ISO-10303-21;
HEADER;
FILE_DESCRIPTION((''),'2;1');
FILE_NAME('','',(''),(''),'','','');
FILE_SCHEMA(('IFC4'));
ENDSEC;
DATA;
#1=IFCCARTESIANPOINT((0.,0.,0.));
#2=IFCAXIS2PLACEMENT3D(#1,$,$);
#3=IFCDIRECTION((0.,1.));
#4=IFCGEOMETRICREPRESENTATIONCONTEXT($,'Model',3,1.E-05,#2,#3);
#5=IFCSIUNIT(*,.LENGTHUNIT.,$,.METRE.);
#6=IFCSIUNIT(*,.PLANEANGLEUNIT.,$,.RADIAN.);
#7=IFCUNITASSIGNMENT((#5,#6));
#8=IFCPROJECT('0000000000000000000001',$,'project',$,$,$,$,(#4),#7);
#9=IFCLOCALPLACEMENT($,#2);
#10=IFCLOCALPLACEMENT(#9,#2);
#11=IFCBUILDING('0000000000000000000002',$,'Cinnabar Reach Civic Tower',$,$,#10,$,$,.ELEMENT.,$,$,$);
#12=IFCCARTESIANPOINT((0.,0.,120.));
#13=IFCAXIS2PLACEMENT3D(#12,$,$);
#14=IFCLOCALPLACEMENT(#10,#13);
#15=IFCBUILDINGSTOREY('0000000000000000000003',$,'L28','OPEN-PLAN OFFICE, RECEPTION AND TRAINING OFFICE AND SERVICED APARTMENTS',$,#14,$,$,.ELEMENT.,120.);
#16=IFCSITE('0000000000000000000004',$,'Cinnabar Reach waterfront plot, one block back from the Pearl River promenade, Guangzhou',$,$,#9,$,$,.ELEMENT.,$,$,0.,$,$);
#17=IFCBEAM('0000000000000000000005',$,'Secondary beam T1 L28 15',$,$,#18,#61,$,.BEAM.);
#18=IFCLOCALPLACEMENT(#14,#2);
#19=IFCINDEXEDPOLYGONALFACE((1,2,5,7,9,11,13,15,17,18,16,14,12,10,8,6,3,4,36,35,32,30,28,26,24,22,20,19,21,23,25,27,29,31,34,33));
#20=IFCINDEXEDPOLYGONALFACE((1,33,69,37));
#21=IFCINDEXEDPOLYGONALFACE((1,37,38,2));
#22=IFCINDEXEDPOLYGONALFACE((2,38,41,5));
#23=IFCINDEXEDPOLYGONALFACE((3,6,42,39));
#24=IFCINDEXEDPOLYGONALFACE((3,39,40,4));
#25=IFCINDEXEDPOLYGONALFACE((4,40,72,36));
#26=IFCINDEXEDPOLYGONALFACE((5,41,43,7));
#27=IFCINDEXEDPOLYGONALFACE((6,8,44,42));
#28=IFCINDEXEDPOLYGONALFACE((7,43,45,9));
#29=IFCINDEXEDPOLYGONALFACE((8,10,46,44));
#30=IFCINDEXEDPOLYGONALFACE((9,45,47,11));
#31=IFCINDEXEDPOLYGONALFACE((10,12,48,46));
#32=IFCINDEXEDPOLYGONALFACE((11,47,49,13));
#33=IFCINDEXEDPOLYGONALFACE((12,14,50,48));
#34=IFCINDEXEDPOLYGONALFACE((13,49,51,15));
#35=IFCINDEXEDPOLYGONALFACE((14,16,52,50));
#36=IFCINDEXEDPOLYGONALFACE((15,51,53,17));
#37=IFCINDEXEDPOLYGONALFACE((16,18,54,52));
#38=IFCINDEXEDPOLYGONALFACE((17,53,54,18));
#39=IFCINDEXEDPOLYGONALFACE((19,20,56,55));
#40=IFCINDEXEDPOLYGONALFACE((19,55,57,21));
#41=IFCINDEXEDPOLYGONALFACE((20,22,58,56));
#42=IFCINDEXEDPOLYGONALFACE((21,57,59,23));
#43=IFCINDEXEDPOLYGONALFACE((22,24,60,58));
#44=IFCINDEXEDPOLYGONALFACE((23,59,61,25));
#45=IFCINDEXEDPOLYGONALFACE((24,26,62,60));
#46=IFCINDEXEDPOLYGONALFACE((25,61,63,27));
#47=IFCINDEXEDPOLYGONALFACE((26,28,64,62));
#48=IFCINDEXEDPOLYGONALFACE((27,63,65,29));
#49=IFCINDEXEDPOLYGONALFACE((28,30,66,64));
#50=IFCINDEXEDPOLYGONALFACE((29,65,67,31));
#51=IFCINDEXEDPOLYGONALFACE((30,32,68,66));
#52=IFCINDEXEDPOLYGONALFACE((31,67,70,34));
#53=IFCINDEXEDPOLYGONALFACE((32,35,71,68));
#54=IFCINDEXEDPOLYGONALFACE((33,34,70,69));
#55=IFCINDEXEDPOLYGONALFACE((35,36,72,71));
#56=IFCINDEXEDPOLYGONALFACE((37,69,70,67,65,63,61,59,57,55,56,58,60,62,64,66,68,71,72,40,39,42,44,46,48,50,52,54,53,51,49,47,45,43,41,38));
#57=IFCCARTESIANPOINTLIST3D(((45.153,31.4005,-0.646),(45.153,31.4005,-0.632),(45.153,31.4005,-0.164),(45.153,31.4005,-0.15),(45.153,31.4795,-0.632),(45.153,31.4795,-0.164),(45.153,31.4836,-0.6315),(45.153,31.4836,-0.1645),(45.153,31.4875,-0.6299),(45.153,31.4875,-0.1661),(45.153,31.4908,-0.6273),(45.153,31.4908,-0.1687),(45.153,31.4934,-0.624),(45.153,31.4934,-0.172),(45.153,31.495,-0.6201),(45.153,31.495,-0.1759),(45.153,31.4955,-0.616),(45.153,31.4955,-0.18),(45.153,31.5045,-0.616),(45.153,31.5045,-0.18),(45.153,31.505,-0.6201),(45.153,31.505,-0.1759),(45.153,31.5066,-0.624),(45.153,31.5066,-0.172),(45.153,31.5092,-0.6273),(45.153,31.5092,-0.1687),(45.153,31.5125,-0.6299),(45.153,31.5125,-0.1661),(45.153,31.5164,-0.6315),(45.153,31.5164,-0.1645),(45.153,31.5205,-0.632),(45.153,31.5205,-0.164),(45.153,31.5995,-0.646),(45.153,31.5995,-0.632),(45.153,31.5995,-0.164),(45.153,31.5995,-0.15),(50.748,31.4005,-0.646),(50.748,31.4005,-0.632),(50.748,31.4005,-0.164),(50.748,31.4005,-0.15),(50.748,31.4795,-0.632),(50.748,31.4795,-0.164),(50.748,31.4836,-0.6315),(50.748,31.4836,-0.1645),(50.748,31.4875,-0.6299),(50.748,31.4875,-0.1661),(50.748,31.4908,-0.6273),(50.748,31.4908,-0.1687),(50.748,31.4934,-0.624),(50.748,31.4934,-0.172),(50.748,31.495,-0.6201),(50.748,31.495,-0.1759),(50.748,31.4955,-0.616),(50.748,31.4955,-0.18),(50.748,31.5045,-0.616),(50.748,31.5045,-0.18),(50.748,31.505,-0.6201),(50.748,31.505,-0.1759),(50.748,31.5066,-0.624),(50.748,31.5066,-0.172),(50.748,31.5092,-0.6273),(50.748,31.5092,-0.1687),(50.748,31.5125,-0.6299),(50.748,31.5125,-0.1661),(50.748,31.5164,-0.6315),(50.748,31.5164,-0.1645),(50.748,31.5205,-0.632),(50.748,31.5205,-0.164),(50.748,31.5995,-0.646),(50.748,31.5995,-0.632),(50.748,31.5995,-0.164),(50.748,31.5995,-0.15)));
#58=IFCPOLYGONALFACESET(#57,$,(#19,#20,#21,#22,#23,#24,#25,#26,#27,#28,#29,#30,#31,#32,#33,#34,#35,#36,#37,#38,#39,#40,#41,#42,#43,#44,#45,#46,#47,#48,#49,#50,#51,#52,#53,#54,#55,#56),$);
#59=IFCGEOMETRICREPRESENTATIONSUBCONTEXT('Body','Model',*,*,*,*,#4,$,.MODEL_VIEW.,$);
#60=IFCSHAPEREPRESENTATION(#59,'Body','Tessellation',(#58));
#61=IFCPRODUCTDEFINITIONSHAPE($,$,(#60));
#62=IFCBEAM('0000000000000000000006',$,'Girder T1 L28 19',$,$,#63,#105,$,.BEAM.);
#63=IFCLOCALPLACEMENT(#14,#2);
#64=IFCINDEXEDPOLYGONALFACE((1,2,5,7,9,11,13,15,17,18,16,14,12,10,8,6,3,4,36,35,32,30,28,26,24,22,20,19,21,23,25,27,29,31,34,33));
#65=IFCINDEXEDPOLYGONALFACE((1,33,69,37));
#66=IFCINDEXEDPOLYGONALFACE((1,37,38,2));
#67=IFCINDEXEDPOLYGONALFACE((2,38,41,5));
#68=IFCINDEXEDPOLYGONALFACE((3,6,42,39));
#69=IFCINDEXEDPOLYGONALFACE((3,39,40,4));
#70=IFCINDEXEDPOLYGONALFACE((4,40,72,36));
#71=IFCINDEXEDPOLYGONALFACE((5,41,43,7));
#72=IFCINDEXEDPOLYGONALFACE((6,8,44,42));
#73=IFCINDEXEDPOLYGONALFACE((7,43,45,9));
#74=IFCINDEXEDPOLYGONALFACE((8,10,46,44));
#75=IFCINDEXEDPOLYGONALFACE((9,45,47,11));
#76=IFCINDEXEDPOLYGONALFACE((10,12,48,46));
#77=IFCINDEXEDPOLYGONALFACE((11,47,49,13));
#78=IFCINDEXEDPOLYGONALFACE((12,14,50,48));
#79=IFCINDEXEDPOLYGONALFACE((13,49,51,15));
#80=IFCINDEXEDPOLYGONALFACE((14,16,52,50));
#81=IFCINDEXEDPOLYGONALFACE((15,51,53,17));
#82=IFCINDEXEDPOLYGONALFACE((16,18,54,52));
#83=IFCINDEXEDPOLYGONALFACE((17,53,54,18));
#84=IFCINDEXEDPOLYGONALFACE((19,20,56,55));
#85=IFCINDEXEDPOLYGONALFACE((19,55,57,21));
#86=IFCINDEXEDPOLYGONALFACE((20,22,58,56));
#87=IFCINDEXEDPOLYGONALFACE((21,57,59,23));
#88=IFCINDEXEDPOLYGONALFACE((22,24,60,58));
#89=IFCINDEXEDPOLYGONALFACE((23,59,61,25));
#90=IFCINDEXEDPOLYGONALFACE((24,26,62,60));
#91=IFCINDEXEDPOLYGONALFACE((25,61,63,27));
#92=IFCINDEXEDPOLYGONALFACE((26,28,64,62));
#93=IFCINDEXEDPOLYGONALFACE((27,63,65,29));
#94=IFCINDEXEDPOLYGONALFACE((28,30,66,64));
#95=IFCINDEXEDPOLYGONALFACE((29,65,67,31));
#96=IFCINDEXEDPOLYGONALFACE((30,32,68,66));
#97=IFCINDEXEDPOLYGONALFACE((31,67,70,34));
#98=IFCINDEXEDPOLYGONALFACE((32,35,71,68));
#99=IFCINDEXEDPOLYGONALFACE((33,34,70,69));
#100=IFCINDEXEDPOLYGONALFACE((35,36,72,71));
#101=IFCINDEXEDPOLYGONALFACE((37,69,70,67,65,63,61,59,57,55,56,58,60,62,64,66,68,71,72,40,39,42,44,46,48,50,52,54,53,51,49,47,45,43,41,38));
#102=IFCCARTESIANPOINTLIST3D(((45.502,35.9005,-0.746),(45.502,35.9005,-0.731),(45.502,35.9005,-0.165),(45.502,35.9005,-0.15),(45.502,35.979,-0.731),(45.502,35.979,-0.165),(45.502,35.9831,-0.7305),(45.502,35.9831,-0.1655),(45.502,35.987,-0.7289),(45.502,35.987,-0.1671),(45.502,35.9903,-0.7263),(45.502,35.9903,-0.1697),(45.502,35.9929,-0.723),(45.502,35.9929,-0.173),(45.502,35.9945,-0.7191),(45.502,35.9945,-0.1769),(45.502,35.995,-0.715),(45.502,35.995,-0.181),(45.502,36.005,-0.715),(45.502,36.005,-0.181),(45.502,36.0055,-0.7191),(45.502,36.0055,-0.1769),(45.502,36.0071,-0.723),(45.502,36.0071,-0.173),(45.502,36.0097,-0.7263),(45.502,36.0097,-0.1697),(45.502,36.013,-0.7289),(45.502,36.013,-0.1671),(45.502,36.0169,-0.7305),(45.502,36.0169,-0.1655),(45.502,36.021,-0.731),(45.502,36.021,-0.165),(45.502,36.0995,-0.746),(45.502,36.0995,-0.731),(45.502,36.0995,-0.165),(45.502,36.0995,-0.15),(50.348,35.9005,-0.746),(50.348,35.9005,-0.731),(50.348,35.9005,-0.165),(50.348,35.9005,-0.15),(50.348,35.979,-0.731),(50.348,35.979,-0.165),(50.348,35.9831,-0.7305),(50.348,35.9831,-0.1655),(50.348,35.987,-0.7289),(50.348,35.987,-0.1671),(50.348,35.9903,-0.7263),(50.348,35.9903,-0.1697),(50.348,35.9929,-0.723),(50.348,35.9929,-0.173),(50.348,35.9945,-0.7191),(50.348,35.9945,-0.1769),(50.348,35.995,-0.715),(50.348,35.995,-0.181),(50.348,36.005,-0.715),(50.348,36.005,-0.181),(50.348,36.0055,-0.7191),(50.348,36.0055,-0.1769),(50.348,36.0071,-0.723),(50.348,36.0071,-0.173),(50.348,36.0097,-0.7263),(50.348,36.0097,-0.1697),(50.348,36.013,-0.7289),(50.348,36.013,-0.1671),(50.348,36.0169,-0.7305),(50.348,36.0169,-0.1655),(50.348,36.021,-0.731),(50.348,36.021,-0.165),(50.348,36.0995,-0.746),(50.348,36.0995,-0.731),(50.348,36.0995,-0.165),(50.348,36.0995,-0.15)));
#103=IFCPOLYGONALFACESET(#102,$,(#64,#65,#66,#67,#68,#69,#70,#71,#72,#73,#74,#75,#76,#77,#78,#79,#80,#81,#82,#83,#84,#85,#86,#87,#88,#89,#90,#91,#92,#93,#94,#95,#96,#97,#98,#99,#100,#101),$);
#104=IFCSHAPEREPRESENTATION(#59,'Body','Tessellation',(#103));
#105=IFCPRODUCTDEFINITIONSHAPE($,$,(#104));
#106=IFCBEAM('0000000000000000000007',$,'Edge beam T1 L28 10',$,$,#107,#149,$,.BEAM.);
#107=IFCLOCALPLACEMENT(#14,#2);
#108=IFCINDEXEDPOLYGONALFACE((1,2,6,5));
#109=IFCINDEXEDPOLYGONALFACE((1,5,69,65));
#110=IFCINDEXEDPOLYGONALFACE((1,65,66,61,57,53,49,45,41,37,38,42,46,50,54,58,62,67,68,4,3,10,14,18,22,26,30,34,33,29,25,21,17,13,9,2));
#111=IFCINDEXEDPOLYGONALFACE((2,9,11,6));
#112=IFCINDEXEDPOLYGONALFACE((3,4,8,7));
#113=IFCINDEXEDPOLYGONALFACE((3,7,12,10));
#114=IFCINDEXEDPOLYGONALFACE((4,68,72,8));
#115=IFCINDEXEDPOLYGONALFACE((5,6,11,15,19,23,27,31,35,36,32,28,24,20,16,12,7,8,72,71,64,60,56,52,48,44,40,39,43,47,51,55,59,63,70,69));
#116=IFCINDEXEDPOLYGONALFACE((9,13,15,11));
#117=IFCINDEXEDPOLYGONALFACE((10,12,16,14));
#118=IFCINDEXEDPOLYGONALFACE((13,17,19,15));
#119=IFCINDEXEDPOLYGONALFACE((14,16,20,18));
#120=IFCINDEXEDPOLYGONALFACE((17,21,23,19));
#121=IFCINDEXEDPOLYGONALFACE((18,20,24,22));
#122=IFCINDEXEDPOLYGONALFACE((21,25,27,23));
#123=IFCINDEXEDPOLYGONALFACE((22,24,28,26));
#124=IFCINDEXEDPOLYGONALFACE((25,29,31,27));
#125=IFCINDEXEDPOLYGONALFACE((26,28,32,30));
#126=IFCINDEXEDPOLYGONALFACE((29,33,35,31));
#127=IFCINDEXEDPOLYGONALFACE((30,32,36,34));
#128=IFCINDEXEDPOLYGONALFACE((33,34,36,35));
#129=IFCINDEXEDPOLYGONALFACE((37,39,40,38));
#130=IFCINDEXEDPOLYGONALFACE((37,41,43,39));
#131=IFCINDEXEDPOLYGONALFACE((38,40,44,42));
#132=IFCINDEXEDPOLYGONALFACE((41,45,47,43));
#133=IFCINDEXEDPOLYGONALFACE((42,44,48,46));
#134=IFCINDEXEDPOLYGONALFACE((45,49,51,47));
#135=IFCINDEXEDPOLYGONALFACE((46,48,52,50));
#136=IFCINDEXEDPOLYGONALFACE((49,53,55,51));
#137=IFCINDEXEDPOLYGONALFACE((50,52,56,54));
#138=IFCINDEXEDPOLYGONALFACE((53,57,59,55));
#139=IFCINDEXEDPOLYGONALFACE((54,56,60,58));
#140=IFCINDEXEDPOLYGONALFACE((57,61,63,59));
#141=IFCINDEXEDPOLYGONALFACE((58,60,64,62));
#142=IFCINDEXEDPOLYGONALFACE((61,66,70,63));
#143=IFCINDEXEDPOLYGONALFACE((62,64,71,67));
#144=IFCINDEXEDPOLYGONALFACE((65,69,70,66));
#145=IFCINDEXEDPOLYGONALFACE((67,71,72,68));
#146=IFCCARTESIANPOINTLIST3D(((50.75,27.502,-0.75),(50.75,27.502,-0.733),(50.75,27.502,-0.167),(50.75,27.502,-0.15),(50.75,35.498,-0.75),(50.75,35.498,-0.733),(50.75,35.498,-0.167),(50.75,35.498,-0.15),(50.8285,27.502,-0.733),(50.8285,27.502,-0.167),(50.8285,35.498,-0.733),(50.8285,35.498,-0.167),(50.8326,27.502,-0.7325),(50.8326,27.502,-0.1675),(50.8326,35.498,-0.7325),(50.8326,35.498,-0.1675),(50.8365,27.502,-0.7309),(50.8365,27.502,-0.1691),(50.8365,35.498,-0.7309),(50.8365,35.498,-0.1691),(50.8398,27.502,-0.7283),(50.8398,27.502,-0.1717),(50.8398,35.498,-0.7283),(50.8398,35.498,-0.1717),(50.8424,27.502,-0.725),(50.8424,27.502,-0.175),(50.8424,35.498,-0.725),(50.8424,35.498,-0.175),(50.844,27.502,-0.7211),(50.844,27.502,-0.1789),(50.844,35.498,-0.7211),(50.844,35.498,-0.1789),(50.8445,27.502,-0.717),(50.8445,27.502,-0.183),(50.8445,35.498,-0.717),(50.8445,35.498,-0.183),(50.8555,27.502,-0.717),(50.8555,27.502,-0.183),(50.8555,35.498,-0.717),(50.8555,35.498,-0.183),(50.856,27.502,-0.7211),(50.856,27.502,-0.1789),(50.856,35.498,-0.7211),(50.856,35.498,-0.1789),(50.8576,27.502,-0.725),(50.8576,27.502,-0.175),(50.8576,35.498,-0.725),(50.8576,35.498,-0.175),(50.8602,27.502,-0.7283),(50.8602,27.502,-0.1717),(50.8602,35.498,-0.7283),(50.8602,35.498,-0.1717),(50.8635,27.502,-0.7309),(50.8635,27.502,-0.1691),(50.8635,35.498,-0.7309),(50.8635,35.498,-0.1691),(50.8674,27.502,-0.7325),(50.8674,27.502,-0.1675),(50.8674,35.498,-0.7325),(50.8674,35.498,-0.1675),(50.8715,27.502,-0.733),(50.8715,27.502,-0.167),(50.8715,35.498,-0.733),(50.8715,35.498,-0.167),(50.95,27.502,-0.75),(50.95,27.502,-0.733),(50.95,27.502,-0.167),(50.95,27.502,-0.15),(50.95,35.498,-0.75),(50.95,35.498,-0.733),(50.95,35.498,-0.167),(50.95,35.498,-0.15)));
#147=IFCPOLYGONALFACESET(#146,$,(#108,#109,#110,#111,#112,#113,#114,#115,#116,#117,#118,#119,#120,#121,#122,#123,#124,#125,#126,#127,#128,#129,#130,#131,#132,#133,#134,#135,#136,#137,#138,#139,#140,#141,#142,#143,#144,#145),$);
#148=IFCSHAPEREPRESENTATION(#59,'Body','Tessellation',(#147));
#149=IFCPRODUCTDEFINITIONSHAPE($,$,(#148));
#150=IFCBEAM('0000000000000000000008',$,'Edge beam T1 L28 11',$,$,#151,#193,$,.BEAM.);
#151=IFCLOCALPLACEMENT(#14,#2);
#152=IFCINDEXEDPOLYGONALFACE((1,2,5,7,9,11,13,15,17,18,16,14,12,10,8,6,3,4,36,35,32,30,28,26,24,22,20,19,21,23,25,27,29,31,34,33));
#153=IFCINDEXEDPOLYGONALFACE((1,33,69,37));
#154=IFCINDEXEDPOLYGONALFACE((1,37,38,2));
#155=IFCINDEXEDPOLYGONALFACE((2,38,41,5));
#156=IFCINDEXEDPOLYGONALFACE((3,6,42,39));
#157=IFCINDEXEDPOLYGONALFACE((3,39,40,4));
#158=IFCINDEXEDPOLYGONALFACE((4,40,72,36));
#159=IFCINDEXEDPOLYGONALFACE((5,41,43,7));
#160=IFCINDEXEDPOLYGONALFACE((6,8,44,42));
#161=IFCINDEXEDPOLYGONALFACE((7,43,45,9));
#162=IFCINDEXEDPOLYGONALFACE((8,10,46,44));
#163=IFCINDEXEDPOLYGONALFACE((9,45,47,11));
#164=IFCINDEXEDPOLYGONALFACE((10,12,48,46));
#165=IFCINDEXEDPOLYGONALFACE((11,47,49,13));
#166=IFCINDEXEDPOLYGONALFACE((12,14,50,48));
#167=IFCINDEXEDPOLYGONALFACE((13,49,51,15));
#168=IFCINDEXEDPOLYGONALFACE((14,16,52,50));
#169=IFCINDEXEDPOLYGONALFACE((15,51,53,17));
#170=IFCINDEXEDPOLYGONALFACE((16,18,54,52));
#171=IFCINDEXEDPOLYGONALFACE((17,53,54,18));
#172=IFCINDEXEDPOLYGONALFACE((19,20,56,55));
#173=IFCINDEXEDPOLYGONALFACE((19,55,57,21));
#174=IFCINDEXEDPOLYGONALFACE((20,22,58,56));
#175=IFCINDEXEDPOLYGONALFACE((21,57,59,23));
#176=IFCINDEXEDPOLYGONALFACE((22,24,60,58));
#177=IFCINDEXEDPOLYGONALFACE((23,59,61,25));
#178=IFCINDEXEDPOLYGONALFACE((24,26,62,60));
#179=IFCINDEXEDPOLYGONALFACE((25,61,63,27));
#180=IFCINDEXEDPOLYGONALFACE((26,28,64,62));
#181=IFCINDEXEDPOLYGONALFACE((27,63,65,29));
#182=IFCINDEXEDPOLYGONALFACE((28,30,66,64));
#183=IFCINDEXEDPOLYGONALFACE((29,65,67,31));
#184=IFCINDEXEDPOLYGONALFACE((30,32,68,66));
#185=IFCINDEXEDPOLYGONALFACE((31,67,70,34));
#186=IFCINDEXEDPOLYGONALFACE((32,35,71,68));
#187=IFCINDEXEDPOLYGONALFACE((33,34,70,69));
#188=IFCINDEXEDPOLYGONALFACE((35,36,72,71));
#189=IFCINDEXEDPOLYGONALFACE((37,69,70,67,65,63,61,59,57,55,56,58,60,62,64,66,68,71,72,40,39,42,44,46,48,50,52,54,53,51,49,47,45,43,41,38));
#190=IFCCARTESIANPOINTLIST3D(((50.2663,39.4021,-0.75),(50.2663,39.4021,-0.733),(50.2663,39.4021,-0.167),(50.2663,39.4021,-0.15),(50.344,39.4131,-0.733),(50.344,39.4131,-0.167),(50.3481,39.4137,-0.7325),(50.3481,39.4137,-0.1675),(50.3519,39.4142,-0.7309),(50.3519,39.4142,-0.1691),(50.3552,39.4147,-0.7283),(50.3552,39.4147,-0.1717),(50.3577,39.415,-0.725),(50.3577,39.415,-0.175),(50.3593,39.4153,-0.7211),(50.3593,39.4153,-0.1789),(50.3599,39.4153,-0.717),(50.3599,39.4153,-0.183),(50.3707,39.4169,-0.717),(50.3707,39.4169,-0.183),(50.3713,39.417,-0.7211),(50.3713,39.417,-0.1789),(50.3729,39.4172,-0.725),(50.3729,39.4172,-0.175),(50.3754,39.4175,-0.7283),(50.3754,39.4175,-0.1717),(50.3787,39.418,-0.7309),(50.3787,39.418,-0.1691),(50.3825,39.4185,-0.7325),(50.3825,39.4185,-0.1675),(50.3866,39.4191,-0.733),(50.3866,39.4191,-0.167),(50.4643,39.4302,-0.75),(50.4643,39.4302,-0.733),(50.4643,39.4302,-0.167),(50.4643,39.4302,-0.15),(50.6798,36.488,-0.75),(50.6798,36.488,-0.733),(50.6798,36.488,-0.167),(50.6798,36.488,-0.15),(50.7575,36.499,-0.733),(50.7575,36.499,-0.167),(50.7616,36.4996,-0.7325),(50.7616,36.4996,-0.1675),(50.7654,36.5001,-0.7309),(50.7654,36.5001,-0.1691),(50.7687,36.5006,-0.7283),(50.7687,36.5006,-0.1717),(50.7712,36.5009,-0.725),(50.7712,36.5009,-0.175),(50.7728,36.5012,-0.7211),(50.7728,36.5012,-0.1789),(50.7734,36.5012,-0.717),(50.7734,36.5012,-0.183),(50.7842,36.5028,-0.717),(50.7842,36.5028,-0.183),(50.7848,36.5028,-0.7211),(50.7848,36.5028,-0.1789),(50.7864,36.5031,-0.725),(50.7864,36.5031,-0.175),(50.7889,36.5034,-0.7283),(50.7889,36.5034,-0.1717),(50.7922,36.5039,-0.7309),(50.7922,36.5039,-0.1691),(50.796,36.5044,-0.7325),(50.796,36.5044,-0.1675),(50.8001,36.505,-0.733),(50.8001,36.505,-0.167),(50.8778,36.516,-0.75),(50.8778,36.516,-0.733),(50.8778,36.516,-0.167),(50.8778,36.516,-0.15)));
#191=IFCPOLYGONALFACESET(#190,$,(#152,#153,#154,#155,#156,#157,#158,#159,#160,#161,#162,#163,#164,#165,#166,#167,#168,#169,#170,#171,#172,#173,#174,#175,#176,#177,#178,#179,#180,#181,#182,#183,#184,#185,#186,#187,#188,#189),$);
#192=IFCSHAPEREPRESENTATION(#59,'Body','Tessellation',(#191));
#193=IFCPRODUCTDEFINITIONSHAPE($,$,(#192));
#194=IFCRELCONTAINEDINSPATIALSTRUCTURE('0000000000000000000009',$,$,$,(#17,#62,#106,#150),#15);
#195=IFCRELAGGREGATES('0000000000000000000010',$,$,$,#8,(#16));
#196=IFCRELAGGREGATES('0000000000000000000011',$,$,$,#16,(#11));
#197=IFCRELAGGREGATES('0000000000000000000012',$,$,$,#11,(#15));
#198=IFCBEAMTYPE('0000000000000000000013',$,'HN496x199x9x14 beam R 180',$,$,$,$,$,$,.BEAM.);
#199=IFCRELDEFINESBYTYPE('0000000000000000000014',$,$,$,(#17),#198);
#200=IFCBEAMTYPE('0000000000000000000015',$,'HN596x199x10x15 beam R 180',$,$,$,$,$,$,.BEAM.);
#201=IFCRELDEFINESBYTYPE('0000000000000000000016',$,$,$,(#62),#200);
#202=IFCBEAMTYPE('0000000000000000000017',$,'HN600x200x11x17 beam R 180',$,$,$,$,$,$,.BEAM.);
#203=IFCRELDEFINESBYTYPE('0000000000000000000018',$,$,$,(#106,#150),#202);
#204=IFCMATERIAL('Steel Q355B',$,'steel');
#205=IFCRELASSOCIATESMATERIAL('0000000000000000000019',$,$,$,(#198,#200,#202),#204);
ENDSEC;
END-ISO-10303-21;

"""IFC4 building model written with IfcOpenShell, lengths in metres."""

from ifc_helpers import new_model, si_unit, direction, frame, origin, origin_2d, place, context, subcontext, project, spatial, i_section, extrude, material, material_profile, profile_set, type_object, element, save


model = new_model("IFC4")

# Units and contexts
model_context = context("Model", 3, precision=1e-05, world=origin(), true_north=direction((0.0, 1.0)))
body_context = subcontext(model_context, "Body", "Model", "MODEL_VIEW")
ifc_project = project(units=[si_unit("LENGTHUNIT", "METRE"), si_unit("PLANEANGLEUNIT", "RADIAN")], contexts=[model_context])

# Site, building, storey
site_placement = place(None, origin())
site = spatial("IfcSite", under=ifc_project, at=site_placement, Name="Cinnabar Reach waterfront plot, one block back from the Pearl River promenade, Guangzhou", CompositionType="ELEMENT", RefElevation=0.0)
building_placement = place(site_placement, origin())
building = spatial("IfcBuilding", under=site, at=building_placement, Name="Cinnabar Reach Civic Tower", CompositionType="ELEMENT")
storey_placement = place(building_placement, frame((0.0, 0.0, 120.0)))
storey = spatial("IfcBuildingStorey", under=building, at=storey_placement, Name="L28", Description="OPEN-PLAN OFFICE, RECEPTION AND TRAINING OFFICE AND SERVICED APARTMENTS", CompositionType="ELEMENT", Elevation=120.0)

# Beams
ifc_material_1 = material(Name="Steel Q355B", Category="steel")
ifc_material_profile_1 = material_profile(ifc_material_1, i_section(OverallWidth=0.199, OverallDepth=0.496, WebThickness=0.009, FlangeThickness=0.014, FilletRadius=0.016, at=origin_2d()), Name="HN496x199x9x14")
ifc_profile_set_1 = profile_set([ifc_material_profile_1], Name="Steel Q355B")
beam_type_1 = type_object("IfcBeamType", Name="HN496x199x9x14 beam R 180", PredefinedType="BEAM", material=ifc_profile_set_1)
beam_1_placement = place(storey_placement, frame((45.153, 31.5, -0.398), z_axis=(1.0, 0.0, 0.0), x_axis=(0.0, 1.0, 0.0)))
element("IfcBeam", 1, at=beam_1_placement, inside=storey, type_object=beam_type_1, Name="Secondary beam T1 L28 15", PredefinedType="BEAM", context=body_context, shape_type="SweptSolid", body=[
    extrude(i_section(OverallWidth=0.199, OverallDepth=0.496, WebThickness=0.009, FlangeThickness=0.014, FilletRadius=0.016, at=origin_2d()), origin(), (0.0, 0.0, 1.0), 5.595),
])
ifc_material_profile_2 = material_profile(ifc_material_1, i_section(OverallWidth=0.199, OverallDepth=0.596, WebThickness=0.01, FlangeThickness=0.015, FilletRadius=0.016, at=origin_2d()), Name="HN596x199x10x15")
ifc_profile_set_2 = profile_set([ifc_material_profile_2], Name="Steel Q355B")
beam_type_2 = type_object("IfcBeamType", Name="HN596x199x10x15 beam R 180", PredefinedType="BEAM", material=ifc_profile_set_2)
beam_2_placement = place(storey_placement, frame((45.502, 36.0, -0.448), z_axis=(1.0, 0.0, 0.0), x_axis=(0.0, 1.0, 0.0)))
element("IfcBeam", 2, at=beam_2_placement, inside=storey, type_object=beam_type_2, Name="Girder T1 L28 19", PredefinedType="BEAM", context=body_context, shape_type="SweptSolid", body=[
    extrude(i_section(OverallWidth=0.199, OverallDepth=0.596, WebThickness=0.01, FlangeThickness=0.015, FilletRadius=0.016, at=origin_2d()), origin(), (0.0, 0.0, 1.0), 4.846),
])
ifc_material_profile_3 = material_profile(ifc_material_1, i_section(OverallWidth=0.2, OverallDepth=0.6, WebThickness=0.011, FlangeThickness=0.017, FilletRadius=0.016, at=origin_2d()), Name="HN600x200x11x17")
ifc_profile_set_3 = profile_set([ifc_material_profile_3], Name="Steel Q355B")
beam_type_3 = type_object("IfcBeamType", Name="HN600x200x11x17 beam R 180", PredefinedType="BEAM", material=ifc_profile_set_3)
beam_3_placement = place(storey_placement, frame((50.85, 27.502, -0.45), z_axis=(0.0, 1.0, 0.0), x_axis=(-1.0, 0.0, 0.0)))
element("IfcBeam", 3, at=beam_3_placement, inside=storey, type_object=beam_type_3, Name="Edge beam T1 L28 10", PredefinedType="BEAM", context=body_context, shape_type="SweptSolid", body=[
    extrude(i_section(OverallWidth=0.2, OverallDepth=0.6, WebThickness=0.011, FlangeThickness=0.017, FilletRadius=0.016, at=origin_2d()), origin(), (0.0, 0.0, 1.0), 7.996),
])
beam_4_placement = place(storey_placement, frame((50.7788, 36.502, -0.45), z_axis=(-0.140489, 0.990082, 0.0), x_axis=(-0.990082, -0.140489, 0.0)))
element("IfcBeam", 4, at=beam_4_placement, inside=storey, type_object=beam_type_3, Name="Edge beam T1 L28 11", PredefinedType="BEAM", context=body_context, shape_type="SweptSolid", body=[
    extrude(i_section(OverallWidth=0.2, OverallDepth=0.6, WebThickness=0.011, FlangeThickness=0.017, FilletRadius=0.016, at=origin_2d()), origin(), (0.0, 0.0, 1.0), 2.9433),
])

save(model, "model.ifc")
